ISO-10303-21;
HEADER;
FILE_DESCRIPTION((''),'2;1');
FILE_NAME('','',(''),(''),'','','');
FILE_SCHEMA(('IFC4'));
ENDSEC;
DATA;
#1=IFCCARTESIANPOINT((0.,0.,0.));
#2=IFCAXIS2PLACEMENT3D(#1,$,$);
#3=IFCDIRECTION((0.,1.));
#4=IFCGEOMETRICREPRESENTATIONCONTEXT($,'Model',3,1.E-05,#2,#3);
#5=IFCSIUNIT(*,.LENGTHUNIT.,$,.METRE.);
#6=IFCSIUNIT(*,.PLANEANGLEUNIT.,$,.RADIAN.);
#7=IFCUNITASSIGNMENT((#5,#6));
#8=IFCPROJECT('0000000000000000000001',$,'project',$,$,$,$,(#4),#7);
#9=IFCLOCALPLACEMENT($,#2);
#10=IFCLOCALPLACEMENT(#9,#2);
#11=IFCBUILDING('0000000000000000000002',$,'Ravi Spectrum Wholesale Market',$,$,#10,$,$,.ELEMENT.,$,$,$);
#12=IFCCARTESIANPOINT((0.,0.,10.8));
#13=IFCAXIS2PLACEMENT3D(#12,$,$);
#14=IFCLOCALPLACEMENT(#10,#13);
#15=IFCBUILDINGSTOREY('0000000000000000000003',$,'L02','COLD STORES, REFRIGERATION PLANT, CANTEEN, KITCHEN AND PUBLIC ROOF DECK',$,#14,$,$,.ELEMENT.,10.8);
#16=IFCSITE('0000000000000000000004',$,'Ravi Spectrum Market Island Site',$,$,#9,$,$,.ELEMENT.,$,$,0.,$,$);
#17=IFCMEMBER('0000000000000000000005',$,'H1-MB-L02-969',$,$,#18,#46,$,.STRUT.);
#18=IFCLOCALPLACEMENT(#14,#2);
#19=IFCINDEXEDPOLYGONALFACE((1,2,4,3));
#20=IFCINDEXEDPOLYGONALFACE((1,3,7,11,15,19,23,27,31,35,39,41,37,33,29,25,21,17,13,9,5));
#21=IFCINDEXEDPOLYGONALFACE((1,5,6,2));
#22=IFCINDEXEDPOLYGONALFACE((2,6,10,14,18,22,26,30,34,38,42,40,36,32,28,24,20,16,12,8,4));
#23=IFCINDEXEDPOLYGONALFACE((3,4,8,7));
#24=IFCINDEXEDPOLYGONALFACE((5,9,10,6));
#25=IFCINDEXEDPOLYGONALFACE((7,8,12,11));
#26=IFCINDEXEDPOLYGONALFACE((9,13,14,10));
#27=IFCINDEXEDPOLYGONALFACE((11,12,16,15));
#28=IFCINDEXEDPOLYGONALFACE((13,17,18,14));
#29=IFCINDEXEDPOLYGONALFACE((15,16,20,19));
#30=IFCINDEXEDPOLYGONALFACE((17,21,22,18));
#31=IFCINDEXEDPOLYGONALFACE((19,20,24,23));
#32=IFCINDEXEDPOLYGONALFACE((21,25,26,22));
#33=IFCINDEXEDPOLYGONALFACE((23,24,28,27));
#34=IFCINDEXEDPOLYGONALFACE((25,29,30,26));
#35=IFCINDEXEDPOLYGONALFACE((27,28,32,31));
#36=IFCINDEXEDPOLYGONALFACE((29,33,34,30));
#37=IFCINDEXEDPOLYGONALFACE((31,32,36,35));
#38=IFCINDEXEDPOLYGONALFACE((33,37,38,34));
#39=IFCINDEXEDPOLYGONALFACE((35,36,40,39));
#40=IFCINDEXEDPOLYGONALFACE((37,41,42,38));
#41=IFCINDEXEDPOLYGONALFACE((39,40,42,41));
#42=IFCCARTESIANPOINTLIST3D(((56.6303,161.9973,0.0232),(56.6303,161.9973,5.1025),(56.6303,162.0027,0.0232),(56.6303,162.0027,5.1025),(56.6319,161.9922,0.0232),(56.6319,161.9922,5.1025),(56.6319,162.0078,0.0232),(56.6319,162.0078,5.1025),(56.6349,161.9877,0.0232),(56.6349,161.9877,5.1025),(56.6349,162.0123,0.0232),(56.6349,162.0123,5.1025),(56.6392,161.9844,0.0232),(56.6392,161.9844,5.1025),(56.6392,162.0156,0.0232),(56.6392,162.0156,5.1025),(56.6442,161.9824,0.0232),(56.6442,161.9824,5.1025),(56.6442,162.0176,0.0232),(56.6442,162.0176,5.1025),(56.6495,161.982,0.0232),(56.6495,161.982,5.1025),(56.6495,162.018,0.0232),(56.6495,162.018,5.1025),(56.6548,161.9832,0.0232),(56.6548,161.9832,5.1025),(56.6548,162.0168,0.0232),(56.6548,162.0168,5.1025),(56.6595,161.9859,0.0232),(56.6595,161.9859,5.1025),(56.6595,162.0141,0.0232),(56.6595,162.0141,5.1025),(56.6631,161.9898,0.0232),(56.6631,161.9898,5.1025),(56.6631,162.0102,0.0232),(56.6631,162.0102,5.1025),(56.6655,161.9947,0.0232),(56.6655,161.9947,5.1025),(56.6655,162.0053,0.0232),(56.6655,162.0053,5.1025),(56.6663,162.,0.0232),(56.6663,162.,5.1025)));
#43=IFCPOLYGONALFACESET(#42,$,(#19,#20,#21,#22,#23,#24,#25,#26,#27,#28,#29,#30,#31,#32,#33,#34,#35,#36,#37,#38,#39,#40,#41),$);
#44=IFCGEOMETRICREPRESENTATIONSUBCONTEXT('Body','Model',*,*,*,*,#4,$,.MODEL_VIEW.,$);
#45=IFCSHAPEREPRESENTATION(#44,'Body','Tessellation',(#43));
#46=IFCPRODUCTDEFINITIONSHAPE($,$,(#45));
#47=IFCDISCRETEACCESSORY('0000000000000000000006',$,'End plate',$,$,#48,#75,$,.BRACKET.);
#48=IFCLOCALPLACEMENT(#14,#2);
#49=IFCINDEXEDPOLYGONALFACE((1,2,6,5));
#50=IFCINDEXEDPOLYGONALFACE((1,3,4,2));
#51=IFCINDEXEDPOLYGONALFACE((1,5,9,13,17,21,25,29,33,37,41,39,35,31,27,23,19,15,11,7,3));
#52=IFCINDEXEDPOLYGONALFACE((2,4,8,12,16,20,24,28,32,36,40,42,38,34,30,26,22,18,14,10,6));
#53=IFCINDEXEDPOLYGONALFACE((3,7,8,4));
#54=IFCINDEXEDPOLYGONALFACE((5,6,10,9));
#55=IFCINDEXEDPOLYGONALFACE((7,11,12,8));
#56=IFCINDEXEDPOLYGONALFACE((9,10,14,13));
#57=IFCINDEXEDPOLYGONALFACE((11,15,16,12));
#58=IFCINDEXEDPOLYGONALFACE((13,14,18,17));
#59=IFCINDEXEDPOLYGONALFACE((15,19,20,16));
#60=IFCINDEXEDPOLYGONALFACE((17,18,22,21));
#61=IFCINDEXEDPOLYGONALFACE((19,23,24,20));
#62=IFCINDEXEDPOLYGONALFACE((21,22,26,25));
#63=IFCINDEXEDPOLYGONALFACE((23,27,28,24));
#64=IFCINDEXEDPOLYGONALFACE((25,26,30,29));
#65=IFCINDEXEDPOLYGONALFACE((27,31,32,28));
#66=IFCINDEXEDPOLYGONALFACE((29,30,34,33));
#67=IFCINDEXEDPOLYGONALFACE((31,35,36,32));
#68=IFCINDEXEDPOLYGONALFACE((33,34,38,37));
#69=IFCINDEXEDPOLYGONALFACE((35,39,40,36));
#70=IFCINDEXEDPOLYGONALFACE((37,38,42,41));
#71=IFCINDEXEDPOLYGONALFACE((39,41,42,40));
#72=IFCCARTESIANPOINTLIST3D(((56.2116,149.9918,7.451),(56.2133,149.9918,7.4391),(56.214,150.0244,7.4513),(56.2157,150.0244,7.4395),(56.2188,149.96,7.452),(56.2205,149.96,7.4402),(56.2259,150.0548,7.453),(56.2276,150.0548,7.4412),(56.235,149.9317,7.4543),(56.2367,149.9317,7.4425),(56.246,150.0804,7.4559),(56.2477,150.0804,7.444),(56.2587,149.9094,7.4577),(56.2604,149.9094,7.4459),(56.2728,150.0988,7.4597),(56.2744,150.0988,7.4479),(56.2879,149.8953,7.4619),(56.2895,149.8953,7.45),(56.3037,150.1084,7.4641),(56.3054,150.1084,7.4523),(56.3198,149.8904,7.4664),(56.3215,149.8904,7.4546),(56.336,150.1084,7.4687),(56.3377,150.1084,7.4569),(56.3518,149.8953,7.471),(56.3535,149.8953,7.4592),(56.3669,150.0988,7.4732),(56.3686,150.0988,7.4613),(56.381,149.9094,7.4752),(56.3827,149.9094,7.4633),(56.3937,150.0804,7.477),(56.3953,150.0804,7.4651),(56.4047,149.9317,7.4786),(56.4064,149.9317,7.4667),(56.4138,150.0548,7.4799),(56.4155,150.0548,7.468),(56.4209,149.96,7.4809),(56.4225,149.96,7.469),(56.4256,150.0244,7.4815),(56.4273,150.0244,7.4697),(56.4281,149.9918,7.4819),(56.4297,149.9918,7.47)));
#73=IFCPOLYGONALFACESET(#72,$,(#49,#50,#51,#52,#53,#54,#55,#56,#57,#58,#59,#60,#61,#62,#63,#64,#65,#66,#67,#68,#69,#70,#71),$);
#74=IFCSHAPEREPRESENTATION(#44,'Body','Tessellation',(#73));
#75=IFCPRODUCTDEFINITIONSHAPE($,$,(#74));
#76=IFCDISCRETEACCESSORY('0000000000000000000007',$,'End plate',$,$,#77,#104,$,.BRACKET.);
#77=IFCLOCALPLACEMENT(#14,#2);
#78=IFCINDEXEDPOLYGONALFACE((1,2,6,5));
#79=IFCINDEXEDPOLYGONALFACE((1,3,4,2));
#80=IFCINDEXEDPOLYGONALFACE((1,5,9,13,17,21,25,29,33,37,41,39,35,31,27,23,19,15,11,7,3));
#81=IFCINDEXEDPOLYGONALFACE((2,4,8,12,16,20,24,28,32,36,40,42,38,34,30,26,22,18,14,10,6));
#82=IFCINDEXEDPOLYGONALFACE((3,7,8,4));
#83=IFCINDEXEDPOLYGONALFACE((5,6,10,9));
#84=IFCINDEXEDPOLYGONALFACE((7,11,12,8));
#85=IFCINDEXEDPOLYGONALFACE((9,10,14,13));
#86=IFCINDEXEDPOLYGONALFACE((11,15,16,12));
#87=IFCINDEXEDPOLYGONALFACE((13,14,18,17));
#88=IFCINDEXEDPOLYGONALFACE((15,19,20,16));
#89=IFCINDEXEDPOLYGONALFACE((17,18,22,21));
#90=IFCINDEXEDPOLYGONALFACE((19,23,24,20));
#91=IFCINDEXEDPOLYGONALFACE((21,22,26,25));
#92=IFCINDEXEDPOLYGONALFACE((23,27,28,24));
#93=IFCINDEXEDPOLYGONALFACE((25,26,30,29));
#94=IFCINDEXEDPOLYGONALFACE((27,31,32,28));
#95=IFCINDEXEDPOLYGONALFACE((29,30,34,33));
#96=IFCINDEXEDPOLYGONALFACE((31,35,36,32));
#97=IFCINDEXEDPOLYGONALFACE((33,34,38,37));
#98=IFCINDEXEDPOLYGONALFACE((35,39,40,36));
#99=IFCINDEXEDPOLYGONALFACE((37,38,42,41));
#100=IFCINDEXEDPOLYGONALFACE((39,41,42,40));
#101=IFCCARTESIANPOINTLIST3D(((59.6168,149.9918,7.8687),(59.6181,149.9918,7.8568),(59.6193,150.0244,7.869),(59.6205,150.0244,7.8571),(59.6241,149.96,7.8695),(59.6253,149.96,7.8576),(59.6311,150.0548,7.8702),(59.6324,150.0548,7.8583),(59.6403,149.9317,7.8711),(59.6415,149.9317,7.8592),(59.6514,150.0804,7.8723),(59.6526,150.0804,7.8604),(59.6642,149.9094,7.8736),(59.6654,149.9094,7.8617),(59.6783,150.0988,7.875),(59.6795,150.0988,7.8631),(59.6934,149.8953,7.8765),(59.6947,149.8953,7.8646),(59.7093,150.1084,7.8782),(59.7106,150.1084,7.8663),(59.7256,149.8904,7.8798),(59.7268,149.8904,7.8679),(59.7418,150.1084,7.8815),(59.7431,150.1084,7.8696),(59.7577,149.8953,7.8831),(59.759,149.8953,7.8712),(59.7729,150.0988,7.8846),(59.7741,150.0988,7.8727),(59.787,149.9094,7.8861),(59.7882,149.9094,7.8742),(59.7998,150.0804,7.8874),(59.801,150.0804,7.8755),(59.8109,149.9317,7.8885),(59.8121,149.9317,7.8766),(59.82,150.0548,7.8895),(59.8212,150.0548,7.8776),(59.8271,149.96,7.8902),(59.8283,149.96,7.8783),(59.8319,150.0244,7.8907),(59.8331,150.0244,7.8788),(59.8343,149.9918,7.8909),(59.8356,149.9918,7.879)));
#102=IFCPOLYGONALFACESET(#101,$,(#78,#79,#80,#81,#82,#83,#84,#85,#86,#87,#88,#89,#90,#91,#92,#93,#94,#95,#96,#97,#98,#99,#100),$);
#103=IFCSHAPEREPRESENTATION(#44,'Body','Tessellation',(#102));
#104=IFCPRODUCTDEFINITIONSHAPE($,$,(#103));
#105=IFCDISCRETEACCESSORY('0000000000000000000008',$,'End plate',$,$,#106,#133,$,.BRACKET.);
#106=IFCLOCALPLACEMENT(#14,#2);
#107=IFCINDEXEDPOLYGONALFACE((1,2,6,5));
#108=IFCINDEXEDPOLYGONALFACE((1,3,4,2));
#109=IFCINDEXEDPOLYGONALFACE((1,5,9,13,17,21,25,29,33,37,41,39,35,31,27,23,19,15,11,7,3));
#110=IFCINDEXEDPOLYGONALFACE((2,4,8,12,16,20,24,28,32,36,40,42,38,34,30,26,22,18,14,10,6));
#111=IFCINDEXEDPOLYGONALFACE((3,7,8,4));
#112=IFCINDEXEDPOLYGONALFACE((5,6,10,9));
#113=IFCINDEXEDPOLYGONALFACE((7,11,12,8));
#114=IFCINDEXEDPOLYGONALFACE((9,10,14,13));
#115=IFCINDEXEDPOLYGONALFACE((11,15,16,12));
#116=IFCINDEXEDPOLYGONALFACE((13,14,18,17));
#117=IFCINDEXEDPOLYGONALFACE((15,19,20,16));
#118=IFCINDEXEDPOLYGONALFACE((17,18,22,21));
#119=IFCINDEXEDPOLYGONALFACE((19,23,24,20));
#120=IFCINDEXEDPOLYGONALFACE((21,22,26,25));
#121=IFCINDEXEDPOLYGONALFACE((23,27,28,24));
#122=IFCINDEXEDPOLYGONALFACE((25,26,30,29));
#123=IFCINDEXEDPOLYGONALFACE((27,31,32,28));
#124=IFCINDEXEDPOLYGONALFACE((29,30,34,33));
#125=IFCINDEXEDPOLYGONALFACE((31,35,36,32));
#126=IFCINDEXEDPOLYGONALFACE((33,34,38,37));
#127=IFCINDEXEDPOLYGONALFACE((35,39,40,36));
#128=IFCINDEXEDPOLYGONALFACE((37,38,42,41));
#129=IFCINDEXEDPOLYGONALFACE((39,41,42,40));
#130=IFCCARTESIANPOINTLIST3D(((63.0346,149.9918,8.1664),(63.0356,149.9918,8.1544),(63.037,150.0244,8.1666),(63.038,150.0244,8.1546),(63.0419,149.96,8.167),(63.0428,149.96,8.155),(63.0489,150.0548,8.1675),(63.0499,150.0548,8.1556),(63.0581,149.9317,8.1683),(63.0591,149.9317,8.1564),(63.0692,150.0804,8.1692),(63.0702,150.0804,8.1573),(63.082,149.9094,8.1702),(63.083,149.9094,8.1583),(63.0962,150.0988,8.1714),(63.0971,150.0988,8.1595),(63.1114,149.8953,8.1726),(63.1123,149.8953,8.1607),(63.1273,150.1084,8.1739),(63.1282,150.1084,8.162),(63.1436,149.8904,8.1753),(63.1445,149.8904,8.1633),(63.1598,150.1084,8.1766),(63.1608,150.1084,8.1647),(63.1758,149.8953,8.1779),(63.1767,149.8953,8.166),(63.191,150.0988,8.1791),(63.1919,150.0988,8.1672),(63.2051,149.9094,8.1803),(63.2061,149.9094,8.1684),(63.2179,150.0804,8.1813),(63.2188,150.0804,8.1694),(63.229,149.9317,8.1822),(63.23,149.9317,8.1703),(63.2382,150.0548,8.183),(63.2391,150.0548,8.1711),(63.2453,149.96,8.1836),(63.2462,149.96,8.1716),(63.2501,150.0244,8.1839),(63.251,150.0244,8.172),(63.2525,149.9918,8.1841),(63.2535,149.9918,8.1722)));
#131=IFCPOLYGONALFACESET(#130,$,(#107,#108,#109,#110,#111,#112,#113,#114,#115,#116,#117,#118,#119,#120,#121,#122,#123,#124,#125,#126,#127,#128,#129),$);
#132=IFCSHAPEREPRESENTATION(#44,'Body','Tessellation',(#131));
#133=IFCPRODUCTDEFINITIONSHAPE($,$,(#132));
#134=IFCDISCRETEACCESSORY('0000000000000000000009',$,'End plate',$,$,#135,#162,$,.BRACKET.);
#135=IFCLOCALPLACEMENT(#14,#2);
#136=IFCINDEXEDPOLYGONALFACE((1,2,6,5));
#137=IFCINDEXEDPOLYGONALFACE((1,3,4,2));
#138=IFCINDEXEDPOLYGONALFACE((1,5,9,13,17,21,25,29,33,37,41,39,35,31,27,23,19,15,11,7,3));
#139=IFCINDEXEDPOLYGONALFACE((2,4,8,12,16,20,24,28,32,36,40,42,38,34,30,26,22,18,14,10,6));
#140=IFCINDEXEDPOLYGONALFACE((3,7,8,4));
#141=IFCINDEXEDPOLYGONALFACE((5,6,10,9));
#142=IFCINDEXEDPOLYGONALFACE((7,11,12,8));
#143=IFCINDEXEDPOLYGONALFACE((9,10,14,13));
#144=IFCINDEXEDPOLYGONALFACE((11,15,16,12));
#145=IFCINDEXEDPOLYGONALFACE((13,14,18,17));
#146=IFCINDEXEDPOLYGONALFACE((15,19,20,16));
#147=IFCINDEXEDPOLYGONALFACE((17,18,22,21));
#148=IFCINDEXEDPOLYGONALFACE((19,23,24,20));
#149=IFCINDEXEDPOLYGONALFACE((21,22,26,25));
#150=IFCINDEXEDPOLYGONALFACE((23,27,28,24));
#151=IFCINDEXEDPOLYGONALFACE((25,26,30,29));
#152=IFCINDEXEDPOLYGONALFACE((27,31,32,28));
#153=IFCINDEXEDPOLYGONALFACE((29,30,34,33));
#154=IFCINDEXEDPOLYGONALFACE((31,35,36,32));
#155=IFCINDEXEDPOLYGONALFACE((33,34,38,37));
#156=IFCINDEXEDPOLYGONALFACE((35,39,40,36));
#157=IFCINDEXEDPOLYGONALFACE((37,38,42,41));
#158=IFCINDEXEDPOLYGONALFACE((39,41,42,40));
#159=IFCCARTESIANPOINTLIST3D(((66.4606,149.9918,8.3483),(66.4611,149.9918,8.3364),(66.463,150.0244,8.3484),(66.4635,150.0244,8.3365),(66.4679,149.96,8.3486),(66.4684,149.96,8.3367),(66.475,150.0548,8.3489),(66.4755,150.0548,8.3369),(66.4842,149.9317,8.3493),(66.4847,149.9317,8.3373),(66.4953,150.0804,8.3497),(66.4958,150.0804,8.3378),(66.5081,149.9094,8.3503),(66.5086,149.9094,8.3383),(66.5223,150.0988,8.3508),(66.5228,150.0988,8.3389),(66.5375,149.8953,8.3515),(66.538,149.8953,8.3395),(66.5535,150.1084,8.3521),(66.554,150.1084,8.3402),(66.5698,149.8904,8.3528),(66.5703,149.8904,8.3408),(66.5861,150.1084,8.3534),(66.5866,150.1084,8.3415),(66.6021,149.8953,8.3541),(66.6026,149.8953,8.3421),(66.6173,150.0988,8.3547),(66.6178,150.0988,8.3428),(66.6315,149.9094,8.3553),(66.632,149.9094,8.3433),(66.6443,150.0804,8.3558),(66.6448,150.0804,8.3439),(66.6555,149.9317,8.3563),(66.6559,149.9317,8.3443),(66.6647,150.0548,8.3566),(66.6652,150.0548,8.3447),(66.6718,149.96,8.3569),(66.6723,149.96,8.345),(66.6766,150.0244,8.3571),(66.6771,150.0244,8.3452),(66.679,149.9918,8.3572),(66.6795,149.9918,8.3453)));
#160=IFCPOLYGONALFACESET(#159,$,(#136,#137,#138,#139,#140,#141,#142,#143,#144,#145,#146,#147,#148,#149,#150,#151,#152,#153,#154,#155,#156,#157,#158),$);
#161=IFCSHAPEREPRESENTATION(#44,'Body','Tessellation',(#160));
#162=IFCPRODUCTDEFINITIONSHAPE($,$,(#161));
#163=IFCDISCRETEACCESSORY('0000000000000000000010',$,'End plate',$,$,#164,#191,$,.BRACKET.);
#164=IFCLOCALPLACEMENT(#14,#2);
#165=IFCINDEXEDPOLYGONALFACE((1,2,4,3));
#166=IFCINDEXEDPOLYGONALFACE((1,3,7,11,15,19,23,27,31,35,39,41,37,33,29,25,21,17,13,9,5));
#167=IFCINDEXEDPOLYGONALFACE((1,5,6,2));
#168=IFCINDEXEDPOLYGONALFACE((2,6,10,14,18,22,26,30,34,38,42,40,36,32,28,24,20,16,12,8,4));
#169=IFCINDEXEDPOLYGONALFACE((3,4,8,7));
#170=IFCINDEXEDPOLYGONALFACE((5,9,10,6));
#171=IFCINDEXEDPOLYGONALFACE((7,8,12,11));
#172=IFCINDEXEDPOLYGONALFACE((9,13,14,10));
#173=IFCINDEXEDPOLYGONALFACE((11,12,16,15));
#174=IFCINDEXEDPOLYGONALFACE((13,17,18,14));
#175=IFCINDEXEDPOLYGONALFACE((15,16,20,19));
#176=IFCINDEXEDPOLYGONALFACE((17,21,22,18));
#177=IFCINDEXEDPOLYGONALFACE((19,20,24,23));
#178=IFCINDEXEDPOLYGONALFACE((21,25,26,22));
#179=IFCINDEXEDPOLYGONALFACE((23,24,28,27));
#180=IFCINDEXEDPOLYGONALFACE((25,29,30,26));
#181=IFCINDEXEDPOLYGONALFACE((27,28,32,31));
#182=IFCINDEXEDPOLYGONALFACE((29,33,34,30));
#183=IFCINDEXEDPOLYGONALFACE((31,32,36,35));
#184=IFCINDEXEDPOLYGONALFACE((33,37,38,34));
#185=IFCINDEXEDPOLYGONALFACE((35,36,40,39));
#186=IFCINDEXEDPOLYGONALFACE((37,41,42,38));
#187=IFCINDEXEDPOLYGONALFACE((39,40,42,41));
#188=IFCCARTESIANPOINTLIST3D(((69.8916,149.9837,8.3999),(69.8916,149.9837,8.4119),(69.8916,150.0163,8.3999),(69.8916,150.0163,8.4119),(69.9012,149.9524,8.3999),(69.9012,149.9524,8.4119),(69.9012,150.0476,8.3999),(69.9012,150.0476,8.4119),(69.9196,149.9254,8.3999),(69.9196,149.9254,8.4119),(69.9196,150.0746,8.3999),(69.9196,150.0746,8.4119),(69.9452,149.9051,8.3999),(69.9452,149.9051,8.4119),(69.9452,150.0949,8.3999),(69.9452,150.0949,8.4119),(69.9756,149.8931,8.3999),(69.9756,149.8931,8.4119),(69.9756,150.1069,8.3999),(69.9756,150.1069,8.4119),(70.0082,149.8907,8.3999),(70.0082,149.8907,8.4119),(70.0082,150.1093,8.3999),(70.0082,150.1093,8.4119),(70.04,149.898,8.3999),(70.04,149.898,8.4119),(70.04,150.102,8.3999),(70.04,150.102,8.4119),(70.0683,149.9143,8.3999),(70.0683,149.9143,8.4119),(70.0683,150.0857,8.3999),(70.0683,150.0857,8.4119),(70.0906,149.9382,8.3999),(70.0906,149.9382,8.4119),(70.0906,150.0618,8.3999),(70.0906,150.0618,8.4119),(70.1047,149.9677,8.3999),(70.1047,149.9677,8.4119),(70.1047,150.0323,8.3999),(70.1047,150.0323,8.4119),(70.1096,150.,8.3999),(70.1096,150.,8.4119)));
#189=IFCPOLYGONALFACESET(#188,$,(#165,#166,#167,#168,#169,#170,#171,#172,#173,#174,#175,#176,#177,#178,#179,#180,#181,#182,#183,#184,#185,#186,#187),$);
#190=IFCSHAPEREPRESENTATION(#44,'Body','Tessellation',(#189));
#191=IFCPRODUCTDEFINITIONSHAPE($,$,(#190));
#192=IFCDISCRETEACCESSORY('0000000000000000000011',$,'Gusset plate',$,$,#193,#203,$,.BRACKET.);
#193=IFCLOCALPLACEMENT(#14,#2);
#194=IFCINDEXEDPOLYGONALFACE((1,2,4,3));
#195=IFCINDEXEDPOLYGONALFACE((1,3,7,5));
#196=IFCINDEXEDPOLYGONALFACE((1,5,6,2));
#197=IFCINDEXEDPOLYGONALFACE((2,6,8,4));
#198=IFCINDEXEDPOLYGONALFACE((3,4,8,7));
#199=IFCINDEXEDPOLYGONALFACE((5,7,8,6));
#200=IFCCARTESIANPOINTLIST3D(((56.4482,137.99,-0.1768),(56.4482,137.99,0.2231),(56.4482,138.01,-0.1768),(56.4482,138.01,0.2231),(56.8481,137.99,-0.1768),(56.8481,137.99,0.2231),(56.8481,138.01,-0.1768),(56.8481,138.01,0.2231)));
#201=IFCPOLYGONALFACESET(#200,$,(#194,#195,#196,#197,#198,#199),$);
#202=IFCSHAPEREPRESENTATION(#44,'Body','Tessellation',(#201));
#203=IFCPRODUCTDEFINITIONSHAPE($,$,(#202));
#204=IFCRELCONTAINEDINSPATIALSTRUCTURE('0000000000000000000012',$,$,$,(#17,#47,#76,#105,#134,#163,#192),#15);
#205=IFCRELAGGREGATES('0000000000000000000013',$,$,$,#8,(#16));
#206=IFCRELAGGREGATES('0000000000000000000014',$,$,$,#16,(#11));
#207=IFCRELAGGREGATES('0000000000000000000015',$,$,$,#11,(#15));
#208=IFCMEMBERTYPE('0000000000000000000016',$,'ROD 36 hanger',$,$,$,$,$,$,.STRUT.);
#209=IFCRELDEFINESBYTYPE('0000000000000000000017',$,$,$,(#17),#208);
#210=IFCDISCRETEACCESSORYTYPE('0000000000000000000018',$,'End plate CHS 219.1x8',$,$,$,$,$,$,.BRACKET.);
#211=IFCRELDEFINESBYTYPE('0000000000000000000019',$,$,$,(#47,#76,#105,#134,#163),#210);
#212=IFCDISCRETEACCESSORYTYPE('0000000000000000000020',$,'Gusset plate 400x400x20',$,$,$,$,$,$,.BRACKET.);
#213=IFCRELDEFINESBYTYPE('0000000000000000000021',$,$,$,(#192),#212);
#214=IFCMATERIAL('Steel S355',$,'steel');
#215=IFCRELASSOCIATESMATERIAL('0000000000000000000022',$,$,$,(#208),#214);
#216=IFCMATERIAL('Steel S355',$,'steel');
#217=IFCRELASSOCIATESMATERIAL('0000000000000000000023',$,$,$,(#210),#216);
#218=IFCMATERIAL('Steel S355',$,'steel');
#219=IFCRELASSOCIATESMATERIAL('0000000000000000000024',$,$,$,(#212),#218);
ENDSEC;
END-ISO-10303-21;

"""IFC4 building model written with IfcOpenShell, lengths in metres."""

from ifc_helpers import new_model, si_unit, direction, frame, origin, origin_2d, place, context, subcontext, project, spatial, rectangle, circle, extrude, material, material_profile, profile_set, type_object, element, save


model = new_model("IFC4")

# Units and contexts
model_context = context("Model", 3, precision=1e-05, world=origin(), true_north=direction((0.0, 1.0)))
body_context = subcontext(model_context, "Body", "Model", "MODEL_VIEW")
ifc_project = project(units=[si_unit("LENGTHUNIT", "METRE"), si_unit("PLANEANGLEUNIT", "RADIAN")], contexts=[model_context])

# Site, building, storey
site_placement = place(None, origin())
site = spatial("IfcSite", under=ifc_project, at=site_placement, Name="Ravi Spectrum Market Island Site", CompositionType="ELEMENT", RefElevation=0.0)
building_placement = place(site_placement, origin())
building = spatial("IfcBuilding", under=site, at=building_placement, Name="Ravi Spectrum Wholesale Market", CompositionType="ELEMENT")
storey_placement = place(building_placement, frame((0.0, 0.0, 10.8)))
storey = spatial("IfcBuildingStorey", under=building, at=storey_placement, Name="L02", Description="COLD STORES, REFRIGERATION PLANT, CANTEEN, KITCHEN AND PUBLIC ROOF DECK", CompositionType="ELEMENT", Elevation=10.8)

# Member
ifc_material_1 = material(Name="Steel S355", Category="steel")
ifc_material_profile_1 = material_profile(ifc_material_1, circle(Radius=0.0181, at=origin_2d()))
ifc_profile_set_1 = profile_set([ifc_material_profile_1], Name="Steel S355")
member_type_1 = type_object("IfcMemberType", Name="ROD 36 hanger", PredefinedType="STRUT", material=ifc_profile_set_1)
member_1_placement = place(storey_placement, frame((56.6482, 162.0, 0.0232), z_axis=(0.0, 0.0, 1.0), x_axis=(1.0, 0.0, 0.0)))
element("IfcMember", 1, at=member_1_placement, inside=storey, type_object=member_type_1, Name="H1-MB-L02-969", PredefinedType="STRUT", context=body_context, shape_type="SweptSolid", body=[
    extrude(circle(Radius=0.0181, at=origin_2d()), origin(), (0.0, 0.0, 1.0), 5.0793),
])

# Discrete accessories
ifc_material_2 = material(Name="Steel S355", Category="steel")
ifc_material_profile_2 = material_profile(ifc_material_2, circle(Radius=0.1096, at=origin_2d()))
ifc_profile_set_2 = profile_set([ifc_material_profile_2], Name="Steel S355")
discrete_accessory_type_1 = type_object("IfcDiscreteAccessoryType", Name="End plate CHS 219.1x8", PredefinedType="BRACKET", material=ifc_profile_set_2)
for number, where, z_axis, x_axis, name in (
    (2, (56.3215, 150.0, 7.4546), (-0.141421, 0.0, 0.989949), (0.0, -1.0, 0.0), "End plate"),
    (3, (59.7268, 150.0, 7.8679), (-0.101514, 0.0, 0.994834), (0.0, -1.0, 0.0), "End plate"),
    (4, (63.1445, 150.0, 8.1633), (-0.081362, 0.0, 0.996685), (0.0, -1.0, 0.0), "End plate"),
    (5, (66.5703, 150.0, 8.3408), (-0.040782, 0.0, 0.999168), (0.0, -1.0, 0.0), "End plate"),
    (6, (70.0, 150.0, 8.3999), (0.0, 0.0, 1.0), (1.0, 0.0, 0.0), "End plate"),
):
    element("IfcDiscreteAccessory", number, at=place(storey_placement, frame(where, z_axis=z_axis, x_axis=x_axis)), inside=storey, type_object=discrete_accessory_type_1, Name=name, PredefinedType="BRACKET", context=body_context, shape_type="SweptSolid", body=[
        extrude(circle(Radius=0.1096, at=origin_2d()), origin(), (0.0, 0.0, 1.0), 0.012),
    ])
ifc_material_3 = material(Name="Steel S355", Category="steel")
ifc_material_profile_3 = material_profile(ifc_material_3, rectangle(XDim=0.3999, YDim=0.02, at=origin_2d()))
ifc_profile_set_3 = profile_set([ifc_material_profile_3], Name="Steel S355")
discrete_accessory_type_2 = type_object("IfcDiscreteAccessoryType", Name="Gusset plate 400x400x20", PredefinedType="BRACKET", material=ifc_profile_set_3)
discrete_accessory_1_placement = place(storey_placement, frame((56.6482, 138.0, -0.1768), z_axis=(0.0, 0.0, 1.0), x_axis=(1.0, 0.0, 0.0)))
element("IfcDiscreteAccessory", 7, at=discrete_accessory_1_placement, inside=storey, type_object=discrete_accessory_type_2, Name="Gusset plate", PredefinedType="BRACKET", context=body_context, shape_type="SweptSolid", body=[
    extrude(rectangle(XDim=0.3999, YDim=0.02, at=origin_2d()), origin(), (0.0, 0.0, 1.0), 0.3999),
])

save(model, "model.ifc")
